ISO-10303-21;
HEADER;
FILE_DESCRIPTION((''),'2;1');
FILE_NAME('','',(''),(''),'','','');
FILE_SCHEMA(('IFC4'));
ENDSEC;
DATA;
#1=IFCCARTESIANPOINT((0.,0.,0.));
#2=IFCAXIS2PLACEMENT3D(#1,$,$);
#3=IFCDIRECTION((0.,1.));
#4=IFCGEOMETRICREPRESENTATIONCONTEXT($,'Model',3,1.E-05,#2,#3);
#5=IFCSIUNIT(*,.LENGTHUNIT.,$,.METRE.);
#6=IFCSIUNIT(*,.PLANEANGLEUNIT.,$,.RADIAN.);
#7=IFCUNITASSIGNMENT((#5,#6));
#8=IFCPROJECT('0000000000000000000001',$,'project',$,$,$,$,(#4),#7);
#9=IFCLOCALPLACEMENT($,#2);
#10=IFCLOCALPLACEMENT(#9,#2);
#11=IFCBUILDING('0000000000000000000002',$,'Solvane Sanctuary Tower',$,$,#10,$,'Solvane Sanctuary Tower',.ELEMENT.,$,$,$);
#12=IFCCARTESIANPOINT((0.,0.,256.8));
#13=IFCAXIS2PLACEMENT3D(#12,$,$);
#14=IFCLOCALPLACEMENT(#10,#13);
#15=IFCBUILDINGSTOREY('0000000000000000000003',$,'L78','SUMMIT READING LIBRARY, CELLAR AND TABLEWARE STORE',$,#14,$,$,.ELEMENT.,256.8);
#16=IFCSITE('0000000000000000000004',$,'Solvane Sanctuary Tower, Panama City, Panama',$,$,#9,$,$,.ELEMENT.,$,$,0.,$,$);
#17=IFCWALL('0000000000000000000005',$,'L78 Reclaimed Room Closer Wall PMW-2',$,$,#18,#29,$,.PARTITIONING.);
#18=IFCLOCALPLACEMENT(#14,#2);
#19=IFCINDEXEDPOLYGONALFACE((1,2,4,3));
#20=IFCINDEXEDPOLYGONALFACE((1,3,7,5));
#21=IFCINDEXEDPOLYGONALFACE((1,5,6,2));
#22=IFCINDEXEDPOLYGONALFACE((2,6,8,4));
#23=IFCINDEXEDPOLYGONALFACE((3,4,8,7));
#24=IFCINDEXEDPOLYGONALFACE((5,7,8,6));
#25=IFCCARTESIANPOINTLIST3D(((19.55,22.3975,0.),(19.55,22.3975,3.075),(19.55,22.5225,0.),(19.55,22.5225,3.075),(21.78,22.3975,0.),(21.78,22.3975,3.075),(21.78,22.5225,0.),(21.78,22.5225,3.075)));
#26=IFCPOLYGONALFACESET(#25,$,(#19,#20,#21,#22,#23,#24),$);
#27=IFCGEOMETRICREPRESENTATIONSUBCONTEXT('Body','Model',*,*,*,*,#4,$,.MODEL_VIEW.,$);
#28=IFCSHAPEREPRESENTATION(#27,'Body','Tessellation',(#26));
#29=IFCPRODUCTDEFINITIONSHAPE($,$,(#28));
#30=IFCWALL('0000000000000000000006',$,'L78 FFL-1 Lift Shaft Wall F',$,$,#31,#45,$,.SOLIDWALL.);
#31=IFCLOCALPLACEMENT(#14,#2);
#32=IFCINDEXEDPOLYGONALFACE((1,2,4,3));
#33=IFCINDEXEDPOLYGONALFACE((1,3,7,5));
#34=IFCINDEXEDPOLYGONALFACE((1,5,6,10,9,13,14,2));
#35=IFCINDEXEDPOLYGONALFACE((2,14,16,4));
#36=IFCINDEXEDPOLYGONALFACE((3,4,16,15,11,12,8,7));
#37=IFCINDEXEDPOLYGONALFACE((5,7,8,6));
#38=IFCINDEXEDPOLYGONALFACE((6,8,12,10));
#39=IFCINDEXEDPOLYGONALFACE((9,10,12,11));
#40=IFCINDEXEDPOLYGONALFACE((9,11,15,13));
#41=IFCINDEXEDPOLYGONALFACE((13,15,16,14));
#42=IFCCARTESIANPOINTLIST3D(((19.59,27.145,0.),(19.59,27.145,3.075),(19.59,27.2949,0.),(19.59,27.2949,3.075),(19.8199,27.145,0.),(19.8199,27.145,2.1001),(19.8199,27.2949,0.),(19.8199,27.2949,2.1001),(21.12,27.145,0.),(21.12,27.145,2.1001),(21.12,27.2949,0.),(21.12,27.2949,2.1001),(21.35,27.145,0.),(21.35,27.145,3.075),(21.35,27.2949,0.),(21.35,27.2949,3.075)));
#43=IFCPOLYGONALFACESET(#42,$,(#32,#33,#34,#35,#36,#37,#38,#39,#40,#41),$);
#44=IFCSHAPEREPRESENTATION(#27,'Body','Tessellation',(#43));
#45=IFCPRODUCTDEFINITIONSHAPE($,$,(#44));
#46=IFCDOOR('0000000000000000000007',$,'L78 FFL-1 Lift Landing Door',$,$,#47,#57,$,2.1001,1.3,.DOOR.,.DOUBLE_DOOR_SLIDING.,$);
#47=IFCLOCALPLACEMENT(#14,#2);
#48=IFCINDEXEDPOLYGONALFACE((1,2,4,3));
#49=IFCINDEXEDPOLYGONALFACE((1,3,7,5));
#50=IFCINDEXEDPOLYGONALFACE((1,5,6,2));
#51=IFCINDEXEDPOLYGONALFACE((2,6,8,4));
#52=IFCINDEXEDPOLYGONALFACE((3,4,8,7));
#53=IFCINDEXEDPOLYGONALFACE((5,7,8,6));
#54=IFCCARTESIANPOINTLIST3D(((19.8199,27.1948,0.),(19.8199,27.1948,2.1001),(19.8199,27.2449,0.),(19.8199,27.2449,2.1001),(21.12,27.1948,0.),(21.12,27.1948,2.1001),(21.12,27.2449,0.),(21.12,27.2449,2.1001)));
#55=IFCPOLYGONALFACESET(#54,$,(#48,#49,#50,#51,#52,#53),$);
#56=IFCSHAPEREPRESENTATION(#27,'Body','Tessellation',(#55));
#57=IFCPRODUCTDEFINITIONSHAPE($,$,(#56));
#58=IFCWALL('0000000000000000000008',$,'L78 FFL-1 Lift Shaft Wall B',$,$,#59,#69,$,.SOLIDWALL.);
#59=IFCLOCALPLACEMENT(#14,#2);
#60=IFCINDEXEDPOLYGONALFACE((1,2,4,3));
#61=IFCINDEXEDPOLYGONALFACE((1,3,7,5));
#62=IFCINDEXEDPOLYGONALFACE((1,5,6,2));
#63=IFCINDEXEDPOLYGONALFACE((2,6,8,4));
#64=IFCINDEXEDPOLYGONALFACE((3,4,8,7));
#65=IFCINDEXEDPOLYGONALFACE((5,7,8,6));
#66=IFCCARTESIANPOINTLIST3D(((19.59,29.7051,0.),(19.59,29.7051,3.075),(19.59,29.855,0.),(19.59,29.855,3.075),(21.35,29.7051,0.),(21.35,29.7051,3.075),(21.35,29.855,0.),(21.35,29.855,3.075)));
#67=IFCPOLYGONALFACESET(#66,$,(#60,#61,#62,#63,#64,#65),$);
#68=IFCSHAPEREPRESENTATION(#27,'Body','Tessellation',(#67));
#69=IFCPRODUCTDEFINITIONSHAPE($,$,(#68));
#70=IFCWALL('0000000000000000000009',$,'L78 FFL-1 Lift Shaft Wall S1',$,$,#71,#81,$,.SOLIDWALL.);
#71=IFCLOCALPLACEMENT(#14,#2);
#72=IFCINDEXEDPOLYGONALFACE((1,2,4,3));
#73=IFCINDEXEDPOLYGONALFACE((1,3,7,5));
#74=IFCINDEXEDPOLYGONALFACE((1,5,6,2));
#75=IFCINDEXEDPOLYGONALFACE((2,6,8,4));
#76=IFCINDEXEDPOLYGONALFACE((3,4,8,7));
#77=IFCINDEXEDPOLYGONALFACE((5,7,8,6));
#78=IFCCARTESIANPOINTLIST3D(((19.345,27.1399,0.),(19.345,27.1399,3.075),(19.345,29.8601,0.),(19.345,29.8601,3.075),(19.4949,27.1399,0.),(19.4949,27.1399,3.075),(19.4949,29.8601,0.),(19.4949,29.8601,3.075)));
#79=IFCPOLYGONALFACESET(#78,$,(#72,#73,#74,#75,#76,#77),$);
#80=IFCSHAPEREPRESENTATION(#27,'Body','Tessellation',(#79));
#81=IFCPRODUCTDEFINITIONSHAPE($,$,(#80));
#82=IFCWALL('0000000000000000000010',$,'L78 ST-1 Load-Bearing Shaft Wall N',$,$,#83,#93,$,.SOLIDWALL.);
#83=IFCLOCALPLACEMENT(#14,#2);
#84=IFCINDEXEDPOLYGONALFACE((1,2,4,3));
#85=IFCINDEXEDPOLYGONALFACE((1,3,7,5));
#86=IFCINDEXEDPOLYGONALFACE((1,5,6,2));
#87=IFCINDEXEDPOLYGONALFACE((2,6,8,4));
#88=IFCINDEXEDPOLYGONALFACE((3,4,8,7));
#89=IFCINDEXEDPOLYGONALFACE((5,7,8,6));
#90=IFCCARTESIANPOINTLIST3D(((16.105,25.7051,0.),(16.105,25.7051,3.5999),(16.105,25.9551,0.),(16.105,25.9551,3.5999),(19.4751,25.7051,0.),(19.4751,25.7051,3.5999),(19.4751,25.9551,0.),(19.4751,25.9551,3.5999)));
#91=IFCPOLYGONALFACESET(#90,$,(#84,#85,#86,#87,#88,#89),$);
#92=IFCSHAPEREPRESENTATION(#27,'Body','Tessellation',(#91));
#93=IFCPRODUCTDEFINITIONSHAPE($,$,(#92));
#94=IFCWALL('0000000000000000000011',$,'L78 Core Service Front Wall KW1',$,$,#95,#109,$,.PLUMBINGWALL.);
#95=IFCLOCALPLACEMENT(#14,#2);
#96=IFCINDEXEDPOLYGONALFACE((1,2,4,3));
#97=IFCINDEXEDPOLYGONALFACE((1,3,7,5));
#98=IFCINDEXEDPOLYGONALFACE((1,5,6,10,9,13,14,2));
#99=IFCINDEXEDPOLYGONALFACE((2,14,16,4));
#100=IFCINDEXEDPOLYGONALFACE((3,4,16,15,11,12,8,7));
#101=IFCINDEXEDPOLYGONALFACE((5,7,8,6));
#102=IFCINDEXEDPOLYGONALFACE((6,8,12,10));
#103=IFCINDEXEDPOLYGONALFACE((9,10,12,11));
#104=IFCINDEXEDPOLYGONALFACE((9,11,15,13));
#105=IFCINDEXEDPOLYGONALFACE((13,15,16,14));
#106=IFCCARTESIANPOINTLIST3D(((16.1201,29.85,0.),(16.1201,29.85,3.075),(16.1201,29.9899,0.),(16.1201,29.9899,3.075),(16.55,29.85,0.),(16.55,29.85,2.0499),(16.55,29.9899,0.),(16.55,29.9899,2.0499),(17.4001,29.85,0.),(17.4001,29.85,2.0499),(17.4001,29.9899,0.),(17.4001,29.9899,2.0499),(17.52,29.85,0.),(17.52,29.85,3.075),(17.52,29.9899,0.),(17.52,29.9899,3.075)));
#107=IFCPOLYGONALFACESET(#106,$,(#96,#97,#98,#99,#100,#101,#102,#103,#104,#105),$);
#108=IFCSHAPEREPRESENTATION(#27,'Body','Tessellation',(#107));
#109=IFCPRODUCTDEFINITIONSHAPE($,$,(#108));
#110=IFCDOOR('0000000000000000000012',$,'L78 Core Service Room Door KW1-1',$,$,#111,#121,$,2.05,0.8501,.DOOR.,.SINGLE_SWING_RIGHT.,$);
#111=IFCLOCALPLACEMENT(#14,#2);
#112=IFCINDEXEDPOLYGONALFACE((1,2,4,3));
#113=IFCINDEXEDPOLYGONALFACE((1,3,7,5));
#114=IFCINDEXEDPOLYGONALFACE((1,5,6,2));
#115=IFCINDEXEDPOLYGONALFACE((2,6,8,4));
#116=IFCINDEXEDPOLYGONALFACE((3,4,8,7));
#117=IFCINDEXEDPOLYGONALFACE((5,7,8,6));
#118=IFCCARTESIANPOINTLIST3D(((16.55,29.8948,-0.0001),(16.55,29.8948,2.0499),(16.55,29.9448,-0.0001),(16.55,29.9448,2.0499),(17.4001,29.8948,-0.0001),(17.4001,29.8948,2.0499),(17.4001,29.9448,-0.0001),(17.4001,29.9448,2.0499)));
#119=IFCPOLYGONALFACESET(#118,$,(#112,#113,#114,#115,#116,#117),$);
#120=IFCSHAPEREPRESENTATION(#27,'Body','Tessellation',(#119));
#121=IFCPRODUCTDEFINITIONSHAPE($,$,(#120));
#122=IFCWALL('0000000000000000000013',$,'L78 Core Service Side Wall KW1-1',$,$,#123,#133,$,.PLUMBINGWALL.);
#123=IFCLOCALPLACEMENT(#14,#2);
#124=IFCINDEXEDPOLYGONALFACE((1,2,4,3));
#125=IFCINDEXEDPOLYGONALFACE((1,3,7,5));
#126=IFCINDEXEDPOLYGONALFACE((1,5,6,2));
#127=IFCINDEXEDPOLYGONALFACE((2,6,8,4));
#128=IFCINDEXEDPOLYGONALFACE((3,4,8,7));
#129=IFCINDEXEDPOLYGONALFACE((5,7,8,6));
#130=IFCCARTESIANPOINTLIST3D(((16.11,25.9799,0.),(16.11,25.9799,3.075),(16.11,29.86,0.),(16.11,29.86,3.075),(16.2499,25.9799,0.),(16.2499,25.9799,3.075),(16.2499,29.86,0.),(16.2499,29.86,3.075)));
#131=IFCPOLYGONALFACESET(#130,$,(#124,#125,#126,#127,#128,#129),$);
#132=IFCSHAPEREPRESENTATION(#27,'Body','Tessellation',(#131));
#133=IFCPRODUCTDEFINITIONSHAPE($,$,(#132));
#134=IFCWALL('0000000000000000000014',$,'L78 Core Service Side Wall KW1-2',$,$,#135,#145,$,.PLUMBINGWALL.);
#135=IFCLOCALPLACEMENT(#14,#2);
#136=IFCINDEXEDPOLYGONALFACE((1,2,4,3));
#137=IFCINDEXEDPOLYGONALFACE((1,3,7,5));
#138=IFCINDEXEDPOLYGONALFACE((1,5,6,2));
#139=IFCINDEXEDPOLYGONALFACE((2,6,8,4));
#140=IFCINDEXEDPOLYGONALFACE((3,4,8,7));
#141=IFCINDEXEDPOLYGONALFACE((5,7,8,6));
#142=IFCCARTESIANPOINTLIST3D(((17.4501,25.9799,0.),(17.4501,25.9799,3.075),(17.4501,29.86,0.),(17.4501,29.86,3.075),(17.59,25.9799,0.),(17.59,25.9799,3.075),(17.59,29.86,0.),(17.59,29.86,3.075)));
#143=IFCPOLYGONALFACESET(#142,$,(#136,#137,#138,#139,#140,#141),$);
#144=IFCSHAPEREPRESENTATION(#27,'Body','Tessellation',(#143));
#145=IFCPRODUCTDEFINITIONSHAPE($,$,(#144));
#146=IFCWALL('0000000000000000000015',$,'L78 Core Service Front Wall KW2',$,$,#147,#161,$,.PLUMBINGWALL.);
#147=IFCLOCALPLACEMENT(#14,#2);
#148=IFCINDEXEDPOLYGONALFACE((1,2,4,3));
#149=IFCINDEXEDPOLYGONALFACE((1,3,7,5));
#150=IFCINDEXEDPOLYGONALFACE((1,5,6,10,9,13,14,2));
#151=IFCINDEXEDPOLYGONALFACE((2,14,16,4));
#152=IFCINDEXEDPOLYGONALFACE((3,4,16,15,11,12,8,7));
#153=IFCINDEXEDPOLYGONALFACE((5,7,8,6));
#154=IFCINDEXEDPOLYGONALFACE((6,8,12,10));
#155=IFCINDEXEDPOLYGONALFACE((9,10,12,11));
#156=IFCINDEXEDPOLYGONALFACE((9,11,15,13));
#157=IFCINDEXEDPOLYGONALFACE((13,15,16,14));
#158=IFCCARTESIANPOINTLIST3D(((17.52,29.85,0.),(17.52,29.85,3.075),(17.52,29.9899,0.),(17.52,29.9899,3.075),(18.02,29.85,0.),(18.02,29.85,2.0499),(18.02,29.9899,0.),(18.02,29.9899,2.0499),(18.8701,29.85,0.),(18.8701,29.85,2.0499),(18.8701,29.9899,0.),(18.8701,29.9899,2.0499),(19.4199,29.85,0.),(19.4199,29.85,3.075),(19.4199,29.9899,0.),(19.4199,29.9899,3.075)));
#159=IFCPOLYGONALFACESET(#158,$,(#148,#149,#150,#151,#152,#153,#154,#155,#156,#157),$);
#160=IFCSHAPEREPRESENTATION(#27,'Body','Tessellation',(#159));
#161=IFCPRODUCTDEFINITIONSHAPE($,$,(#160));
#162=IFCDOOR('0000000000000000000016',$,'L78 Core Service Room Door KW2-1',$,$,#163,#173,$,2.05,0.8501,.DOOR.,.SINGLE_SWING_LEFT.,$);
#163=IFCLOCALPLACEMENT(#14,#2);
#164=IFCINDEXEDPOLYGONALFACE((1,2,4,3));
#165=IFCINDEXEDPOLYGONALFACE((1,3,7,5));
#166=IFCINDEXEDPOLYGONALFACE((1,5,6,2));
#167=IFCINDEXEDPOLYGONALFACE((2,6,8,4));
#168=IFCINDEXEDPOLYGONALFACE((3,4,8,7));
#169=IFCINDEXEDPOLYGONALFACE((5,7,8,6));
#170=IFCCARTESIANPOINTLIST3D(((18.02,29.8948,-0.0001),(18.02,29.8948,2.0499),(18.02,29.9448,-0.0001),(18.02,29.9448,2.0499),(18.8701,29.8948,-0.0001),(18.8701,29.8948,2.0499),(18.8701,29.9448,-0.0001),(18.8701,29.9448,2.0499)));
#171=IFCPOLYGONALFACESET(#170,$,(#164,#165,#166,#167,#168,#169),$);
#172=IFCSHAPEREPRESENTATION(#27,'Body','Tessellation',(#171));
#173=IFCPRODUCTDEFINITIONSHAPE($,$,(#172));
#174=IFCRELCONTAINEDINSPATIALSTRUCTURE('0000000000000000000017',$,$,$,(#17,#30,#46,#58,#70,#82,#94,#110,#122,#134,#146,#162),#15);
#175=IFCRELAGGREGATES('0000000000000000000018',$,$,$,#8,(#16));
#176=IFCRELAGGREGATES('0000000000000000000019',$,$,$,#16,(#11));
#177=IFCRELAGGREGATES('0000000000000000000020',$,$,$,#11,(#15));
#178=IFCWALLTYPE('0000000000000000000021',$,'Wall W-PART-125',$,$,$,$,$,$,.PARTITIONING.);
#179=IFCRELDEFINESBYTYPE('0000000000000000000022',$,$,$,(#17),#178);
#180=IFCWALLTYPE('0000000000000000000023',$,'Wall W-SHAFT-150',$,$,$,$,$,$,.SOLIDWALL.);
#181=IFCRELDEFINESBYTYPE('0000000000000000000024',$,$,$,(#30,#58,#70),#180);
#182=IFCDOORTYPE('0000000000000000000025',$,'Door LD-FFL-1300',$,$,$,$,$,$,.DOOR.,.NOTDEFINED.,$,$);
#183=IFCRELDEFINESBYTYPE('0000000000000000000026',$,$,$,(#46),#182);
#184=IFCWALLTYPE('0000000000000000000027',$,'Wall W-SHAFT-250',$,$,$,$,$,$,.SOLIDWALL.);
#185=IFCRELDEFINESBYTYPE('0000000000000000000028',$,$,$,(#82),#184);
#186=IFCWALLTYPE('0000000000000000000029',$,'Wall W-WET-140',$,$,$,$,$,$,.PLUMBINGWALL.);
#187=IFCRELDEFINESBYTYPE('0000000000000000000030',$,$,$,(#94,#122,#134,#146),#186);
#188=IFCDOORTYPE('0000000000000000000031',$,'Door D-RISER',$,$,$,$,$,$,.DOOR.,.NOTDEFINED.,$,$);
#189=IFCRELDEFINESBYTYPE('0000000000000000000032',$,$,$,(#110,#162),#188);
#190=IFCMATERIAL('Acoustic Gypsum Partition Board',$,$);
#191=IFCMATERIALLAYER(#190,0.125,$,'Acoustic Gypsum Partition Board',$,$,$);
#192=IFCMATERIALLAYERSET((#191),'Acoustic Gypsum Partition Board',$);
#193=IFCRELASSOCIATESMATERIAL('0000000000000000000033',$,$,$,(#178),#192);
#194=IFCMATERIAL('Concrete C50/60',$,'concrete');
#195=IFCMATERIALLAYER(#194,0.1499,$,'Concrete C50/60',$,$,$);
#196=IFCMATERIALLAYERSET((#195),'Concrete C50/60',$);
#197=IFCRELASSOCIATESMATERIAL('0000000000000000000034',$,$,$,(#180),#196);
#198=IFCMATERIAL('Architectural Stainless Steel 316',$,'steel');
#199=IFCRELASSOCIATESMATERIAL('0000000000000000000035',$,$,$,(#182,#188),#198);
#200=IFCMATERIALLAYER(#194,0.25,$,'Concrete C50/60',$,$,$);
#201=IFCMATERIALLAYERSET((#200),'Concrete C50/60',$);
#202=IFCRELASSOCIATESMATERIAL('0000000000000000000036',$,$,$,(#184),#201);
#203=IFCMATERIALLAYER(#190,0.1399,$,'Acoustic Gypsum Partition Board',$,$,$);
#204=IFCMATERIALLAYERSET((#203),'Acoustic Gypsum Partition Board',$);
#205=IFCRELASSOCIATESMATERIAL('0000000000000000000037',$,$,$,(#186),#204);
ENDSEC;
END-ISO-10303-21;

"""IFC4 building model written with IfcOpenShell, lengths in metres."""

from ifc_helpers import new_model, si_unit, direction, frame, frame_2d, origin, place, context, subcontext, project, spatial, rectangle, extrude, material, layer, layer_set, type_object, element, fill, save


model = new_model("IFC4")

# Units and contexts
model_context = context("Model", 3, precision=1e-05, world=origin(), true_north=direction((0.0, 1.0)))
body_context = subcontext(model_context, "Body", "Model", "MODEL_VIEW")
ifc_project = project(units=[si_unit("LENGTHUNIT", "METRE"), si_unit("PLANEANGLEUNIT", "RADIAN")], contexts=[model_context])

# Site, building, storey
site_placement = place(None, origin())
site = spatial("IfcSite", under=ifc_project, at=site_placement, Name="Solvane Sanctuary Tower, Panama City, Panama", CompositionType="ELEMENT", RefElevation=0.0)
building_placement = place(site_placement, origin())
building = spatial("IfcBuilding", under=site, at=building_placement, Name="Solvane Sanctuary Tower", LongName="Solvane Sanctuary Tower", CompositionType="ELEMENT")
storey_placement = place(building_placement, frame((0.0, 0.0, 256.8)))
storey = spatial("IfcBuildingStorey", under=building, at=storey_placement, Name="L78", Description="SUMMIT READING LIBRARY, CELLAR AND TABLEWARE STORE", CompositionType="ELEMENT", Elevation=256.8)

# Shared definitions
ifc_material_1 = material(Name="Concrete C50/60", Category="concrete")
ifc_material_2 = material(Name="Acoustic Gypsum Partition Board")

# Wall
ifc_layer_1 = layer(ifc_material_2, 0.125, Name="Acoustic Gypsum Partition Board")
ifc_layer_set_1 = layer_set([ifc_layer_1], Name="Acoustic Gypsum Partition Board")
wall_type_1 = type_object("IfcWallType", Name="Wall W-PART-125", PredefinedType="PARTITIONING", material=ifc_layer_set_1)
wall_1_placement = place(storey_placement, frame((19.55, 22.46, 0.0), z_axis=(0.0, 0.0, 1.0), x_axis=(1.0, 0.0, 0.0)))
element("IfcWall", 1, at=wall_1_placement, inside=storey, type_object=wall_type_1, Name="L78 Reclaimed Room Closer Wall PMW-2", PredefinedType="PARTITIONING", context=body_context, shape_type="SweptSolid", body=[
    extrude(rectangle(XDim=2.23, YDim=0.125, at=frame_2d((1.115, 0.0))), origin(), (0.0, 0.0, 1.0), 3.075),
])

# Wall, opening, door
ifc_layer_2 = layer(ifc_material_1, 0.1499, Name="Concrete C50/60")
ifc_layer_set_2 = layer_set([ifc_layer_2], Name="Concrete C50/60")
wall_type_2 = type_object("IfcWallType", Name="Wall W-SHAFT-150", PredefinedType="SOLIDWALL", material=ifc_layer_set_2)
wall_2_placement = place(storey_placement, frame((19.5901, 27.22, 0.0), z_axis=(0.0, 0.0, 1.0), x_axis=(1.0, 0.0, 0.0)))
wall_2 = element("IfcWall", 2, at=wall_2_placement, inside=storey, type_object=wall_type_2, Name="L78 FFL-1 Lift Shaft Wall F", PredefinedType="SOLIDWALL", context=body_context, shape_type="SweptSolid", body=[
    extrude(rectangle(XDim=1.76, YDim=0.1499, at=frame_2d((0.8799, 0.0))), origin(), (0.0, 0.0, 1.0), 3.075),
])
opening_1_placement = place(wall_2_placement, frame((0.23, 0.0, 0.0)))
opening_1 = element("IfcOpeningElement", 3, at=opening_1_placement, cuts=wall_2, PredefinedType="OPENING", context=body_context, shape_type="SweptSolid", body=[
    extrude(rectangle(XDim=1.3, YDim=2.1001, at=frame_2d((0.6499, 1.05))), frame((0.0, 0.085, 0.0), z_axis=(0.0, -1.0, 0.0), x_axis=(1.0, 0.0, 0.0)), (0.0, 0.0, 1.0), 0.1699),
])
ifc_material_3 = material(Name="Architectural Stainless Steel 316", Category="steel")
door_type_1 = type_object("IfcDoorType", Name="Door LD-FFL-1300", OperationType="NOTDEFINED", PredefinedType="DOOR", material=ifc_material_3)
door_1_placement = place(opening_1_placement, origin())
door_1 = element("IfcDoor", 4, at=door_1_placement, inside=storey, type_object=door_type_1, Name="L78 FFL-1 Lift Landing Door", OperationType="DOUBLE_DOOR_SLIDING", OverallHeight=2.1001, OverallWidth=1.3, PredefinedType="DOOR", context=body_context, shape_type="SweptSolid", body=[
    extrude(rectangle(XDim=1.3, YDim=2.1001, at=frame_2d((0.6499, 1.05))), frame((0.0, 0.0249, 0.0), z_axis=(0.0, -1.0, 0.0), x_axis=(1.0, 0.0, 0.0)), (0.0, 0.0, 1.0), 0.05),
])
fill(opening_1, door_1)

# Walls
wall_3_placement = place(storey_placement, frame((19.5901, 29.78, 0.0), z_axis=(0.0, 0.0, 1.0), x_axis=(1.0, 0.0, 0.0)))
element("IfcWall", 5, at=wall_3_placement, inside=storey, type_object=wall_type_2, Name="L78 FFL-1 Lift Shaft Wall B", PredefinedType="SOLIDWALL", context=body_context, shape_type="SweptSolid", body=[
    extrude(rectangle(XDim=1.76, YDim=0.1499, at=frame_2d((0.8799, 0.0))), origin(), (0.0, 0.0, 1.0), 3.075),
])
wall_4_placement = place(storey_placement, frame((19.4199, 27.1399, 0.0), z_axis=(0.0, 0.0, 1.0), x_axis=(0.0, 1.0, 0.0)))
element("IfcWall", 6, at=wall_4_placement, inside=storey, type_object=wall_type_2, Name="L78 FFL-1 Lift Shaft Wall S1", PredefinedType="SOLIDWALL", context=body_context, shape_type="SweptSolid", body=[
    extrude(rectangle(XDim=2.7202, YDim=0.1499, at=frame_2d((1.3601, 0.0))), origin(), (0.0, 0.0, 1.0), 3.075),
])
ifc_layer_3 = layer(ifc_material_1, 0.25, Name="Concrete C50/60")
ifc_layer_set_3 = layer_set([ifc_layer_3], Name="Concrete C50/60")
wall_type_3 = type_object("IfcWallType", Name="Wall W-SHAFT-250", PredefinedType="SOLIDWALL", material=ifc_layer_set_3)
wall_5_placement = place(storey_placement, frame((16.105, 25.8301, 0.0), z_axis=(0.0, 0.0, 1.0), x_axis=(1.0, 0.0, 0.0)))
element("IfcWall", 7, at=wall_5_placement, inside=storey, type_object=wall_type_3, Name="L78 ST-1 Load-Bearing Shaft Wall N", PredefinedType="SOLIDWALL", context=body_context, shape_type="SweptSolid", body=[
    extrude(rectangle(XDim=3.3701, YDim=0.25, at=frame_2d((1.6851, 0.0))), origin(), (0.0, 0.0, 1.0), 3.5999),
])

# Wall, opening, door
ifc_layer_4 = layer(ifc_material_2, 0.1399, Name="Acoustic Gypsum Partition Board")
ifc_layer_set_4 = layer_set([ifc_layer_4], Name="Acoustic Gypsum Partition Board")
wall_type_4 = type_object("IfcWallType", Name="Wall W-WET-140", PredefinedType="PLUMBINGWALL", material=ifc_layer_set_4)
wall_6_placement = place(storey_placement, frame((16.1201, 29.9199, 0.0), z_axis=(0.0, 0.0, 1.0), x_axis=(1.0, 0.0, 0.0)))
wall_6 = element("IfcWall", 8, at=wall_6_placement, inside=storey, type_object=wall_type_4, Name="L78 Core Service Front Wall KW1", PredefinedType="PLUMBINGWALL", context=body_context, shape_type="SweptSolid", body=[
    extrude(rectangle(XDim=1.3999, YDim=0.1399, at=frame_2d((0.7, 0.0))), origin(), (0.0, 0.0, 1.0), 3.075),
])
opening_2_placement = place(wall_6_placement, frame((0.4299, 0.0, 0.0)))
opening_2 = element("IfcOpeningElement", 9, at=opening_2_placement, cuts=wall_6, PredefinedType="OPENING", context=body_context, shape_type="SweptSolid", body=[
    extrude(rectangle(XDim=0.8501, YDim=2.05, at=frame_2d((0.425, 1.0249))), frame((0.0, 0.0798, 0.0), z_axis=(0.0, -1.0, 0.0), x_axis=(1.0, 0.0, 0.0)), (0.0, 0.0, 1.0), 0.1599),
])
door_type_2 = type_object("IfcDoorType", Name="Door D-RISER", OperationType="NOTDEFINED", PredefinedType="DOOR", material=ifc_material_3)
door_2_placement = place(opening_2_placement, origin())
door_2 = element("IfcDoor", 10, at=door_2_placement, inside=storey, type_object=door_type_2, Name="L78 Core Service Room Door KW1-1", OperationType="SINGLE_SWING_RIGHT", OverallHeight=2.05, OverallWidth=0.8501, PredefinedType="DOOR", context=body_context, shape_type="SweptSolid", body=[
    extrude(rectangle(XDim=0.8501, YDim=2.05, at=frame_2d((0.425, 1.0249))), frame((0.0, 0.0249, 0.0), z_axis=(0.0, -1.0, 0.0), x_axis=(1.0, 0.0, 0.0)), (0.0, 0.0, 1.0), 0.05),
])
fill(opening_2, door_2)

# Walls
for number, where, z_axis, x_axis, name in (
    (11, (16.1799, 25.98, 0.0), (0.0, 0.0, 1.0), (0.0, 1.0, 0.0), "L78 Core Service Side Wall KW1-1"),
    (12, (17.52, 25.98, 0.0), (0.0, 0.0, 1.0), (0.0, 1.0, 0.0), "L78 Core Service Side Wall KW1-2"),
):
    element("IfcWall", number, at=place(storey_placement, frame(where, z_axis=z_axis, x_axis=x_axis)), inside=storey, type_object=wall_type_4, Name=name, PredefinedType="PLUMBINGWALL", context=body_context, shape_type="SweptSolid", body=[
        extrude(rectangle(XDim=3.8801, YDim=0.1399, at=frame_2d((1.9399, 0.0))), origin(), (0.0, 0.0, 1.0), 3.075),
    ])

# Wall, opening, door
wall_7_placement = place(storey_placement, frame((17.52, 29.9199, 0.0), z_axis=(0.0, 0.0, 1.0), x_axis=(1.0, 0.0, 0.0)))
wall_7 = element("IfcWall", 13, at=wall_7_placement, inside=storey, type_object=wall_type_4, Name="L78 Core Service Front Wall KW2", PredefinedType="PLUMBINGWALL", context=body_context, shape_type="SweptSolid", body=[
    extrude(rectangle(XDim=1.8999, YDim=0.1399, at=frame_2d((0.95, 0.0))), origin(), (0.0, 0.0, 1.0), 3.075),
])
opening_3_placement = place(wall_7_placement, frame((0.5, 0.0, 0.0)))
opening_3 = element("IfcOpeningElement", 14, at=opening_3_placement, cuts=wall_7, PredefinedType="OPENING", context=body_context, shape_type="SweptSolid", body=[
    extrude(rectangle(XDim=0.8501, YDim=2.05, at=frame_2d((0.425, 1.0249))), frame((0.0, 0.0798, 0.0), z_axis=(0.0, -1.0, 0.0), x_axis=(1.0, 0.0, 0.0)), (0.0, 0.0, 1.0), 0.1599),
])
door_3_placement = place(opening_3_placement, origin())
door_3 = element("IfcDoor", 15, at=door_3_placement, inside=storey, type_object=door_type_2, Name="L78 Core Service Room Door KW2-1", OperationType="SINGLE_SWING_LEFT", OverallHeight=2.05, OverallWidth=0.8501, PredefinedType="DOOR", context=body_context, shape_type="SweptSolid", body=[
    extrude(rectangle(XDim=0.8501, YDim=2.05, at=frame_2d((0.425, 1.0249))), frame((0.0, 0.0249, 0.0), z_axis=(0.0, -1.0, 0.0), x_axis=(1.0, 0.0, 0.0)), (0.0, 0.0, 1.0), 0.05),
])
fill(opening_3, door_3)

save(model, "model.ifc")
